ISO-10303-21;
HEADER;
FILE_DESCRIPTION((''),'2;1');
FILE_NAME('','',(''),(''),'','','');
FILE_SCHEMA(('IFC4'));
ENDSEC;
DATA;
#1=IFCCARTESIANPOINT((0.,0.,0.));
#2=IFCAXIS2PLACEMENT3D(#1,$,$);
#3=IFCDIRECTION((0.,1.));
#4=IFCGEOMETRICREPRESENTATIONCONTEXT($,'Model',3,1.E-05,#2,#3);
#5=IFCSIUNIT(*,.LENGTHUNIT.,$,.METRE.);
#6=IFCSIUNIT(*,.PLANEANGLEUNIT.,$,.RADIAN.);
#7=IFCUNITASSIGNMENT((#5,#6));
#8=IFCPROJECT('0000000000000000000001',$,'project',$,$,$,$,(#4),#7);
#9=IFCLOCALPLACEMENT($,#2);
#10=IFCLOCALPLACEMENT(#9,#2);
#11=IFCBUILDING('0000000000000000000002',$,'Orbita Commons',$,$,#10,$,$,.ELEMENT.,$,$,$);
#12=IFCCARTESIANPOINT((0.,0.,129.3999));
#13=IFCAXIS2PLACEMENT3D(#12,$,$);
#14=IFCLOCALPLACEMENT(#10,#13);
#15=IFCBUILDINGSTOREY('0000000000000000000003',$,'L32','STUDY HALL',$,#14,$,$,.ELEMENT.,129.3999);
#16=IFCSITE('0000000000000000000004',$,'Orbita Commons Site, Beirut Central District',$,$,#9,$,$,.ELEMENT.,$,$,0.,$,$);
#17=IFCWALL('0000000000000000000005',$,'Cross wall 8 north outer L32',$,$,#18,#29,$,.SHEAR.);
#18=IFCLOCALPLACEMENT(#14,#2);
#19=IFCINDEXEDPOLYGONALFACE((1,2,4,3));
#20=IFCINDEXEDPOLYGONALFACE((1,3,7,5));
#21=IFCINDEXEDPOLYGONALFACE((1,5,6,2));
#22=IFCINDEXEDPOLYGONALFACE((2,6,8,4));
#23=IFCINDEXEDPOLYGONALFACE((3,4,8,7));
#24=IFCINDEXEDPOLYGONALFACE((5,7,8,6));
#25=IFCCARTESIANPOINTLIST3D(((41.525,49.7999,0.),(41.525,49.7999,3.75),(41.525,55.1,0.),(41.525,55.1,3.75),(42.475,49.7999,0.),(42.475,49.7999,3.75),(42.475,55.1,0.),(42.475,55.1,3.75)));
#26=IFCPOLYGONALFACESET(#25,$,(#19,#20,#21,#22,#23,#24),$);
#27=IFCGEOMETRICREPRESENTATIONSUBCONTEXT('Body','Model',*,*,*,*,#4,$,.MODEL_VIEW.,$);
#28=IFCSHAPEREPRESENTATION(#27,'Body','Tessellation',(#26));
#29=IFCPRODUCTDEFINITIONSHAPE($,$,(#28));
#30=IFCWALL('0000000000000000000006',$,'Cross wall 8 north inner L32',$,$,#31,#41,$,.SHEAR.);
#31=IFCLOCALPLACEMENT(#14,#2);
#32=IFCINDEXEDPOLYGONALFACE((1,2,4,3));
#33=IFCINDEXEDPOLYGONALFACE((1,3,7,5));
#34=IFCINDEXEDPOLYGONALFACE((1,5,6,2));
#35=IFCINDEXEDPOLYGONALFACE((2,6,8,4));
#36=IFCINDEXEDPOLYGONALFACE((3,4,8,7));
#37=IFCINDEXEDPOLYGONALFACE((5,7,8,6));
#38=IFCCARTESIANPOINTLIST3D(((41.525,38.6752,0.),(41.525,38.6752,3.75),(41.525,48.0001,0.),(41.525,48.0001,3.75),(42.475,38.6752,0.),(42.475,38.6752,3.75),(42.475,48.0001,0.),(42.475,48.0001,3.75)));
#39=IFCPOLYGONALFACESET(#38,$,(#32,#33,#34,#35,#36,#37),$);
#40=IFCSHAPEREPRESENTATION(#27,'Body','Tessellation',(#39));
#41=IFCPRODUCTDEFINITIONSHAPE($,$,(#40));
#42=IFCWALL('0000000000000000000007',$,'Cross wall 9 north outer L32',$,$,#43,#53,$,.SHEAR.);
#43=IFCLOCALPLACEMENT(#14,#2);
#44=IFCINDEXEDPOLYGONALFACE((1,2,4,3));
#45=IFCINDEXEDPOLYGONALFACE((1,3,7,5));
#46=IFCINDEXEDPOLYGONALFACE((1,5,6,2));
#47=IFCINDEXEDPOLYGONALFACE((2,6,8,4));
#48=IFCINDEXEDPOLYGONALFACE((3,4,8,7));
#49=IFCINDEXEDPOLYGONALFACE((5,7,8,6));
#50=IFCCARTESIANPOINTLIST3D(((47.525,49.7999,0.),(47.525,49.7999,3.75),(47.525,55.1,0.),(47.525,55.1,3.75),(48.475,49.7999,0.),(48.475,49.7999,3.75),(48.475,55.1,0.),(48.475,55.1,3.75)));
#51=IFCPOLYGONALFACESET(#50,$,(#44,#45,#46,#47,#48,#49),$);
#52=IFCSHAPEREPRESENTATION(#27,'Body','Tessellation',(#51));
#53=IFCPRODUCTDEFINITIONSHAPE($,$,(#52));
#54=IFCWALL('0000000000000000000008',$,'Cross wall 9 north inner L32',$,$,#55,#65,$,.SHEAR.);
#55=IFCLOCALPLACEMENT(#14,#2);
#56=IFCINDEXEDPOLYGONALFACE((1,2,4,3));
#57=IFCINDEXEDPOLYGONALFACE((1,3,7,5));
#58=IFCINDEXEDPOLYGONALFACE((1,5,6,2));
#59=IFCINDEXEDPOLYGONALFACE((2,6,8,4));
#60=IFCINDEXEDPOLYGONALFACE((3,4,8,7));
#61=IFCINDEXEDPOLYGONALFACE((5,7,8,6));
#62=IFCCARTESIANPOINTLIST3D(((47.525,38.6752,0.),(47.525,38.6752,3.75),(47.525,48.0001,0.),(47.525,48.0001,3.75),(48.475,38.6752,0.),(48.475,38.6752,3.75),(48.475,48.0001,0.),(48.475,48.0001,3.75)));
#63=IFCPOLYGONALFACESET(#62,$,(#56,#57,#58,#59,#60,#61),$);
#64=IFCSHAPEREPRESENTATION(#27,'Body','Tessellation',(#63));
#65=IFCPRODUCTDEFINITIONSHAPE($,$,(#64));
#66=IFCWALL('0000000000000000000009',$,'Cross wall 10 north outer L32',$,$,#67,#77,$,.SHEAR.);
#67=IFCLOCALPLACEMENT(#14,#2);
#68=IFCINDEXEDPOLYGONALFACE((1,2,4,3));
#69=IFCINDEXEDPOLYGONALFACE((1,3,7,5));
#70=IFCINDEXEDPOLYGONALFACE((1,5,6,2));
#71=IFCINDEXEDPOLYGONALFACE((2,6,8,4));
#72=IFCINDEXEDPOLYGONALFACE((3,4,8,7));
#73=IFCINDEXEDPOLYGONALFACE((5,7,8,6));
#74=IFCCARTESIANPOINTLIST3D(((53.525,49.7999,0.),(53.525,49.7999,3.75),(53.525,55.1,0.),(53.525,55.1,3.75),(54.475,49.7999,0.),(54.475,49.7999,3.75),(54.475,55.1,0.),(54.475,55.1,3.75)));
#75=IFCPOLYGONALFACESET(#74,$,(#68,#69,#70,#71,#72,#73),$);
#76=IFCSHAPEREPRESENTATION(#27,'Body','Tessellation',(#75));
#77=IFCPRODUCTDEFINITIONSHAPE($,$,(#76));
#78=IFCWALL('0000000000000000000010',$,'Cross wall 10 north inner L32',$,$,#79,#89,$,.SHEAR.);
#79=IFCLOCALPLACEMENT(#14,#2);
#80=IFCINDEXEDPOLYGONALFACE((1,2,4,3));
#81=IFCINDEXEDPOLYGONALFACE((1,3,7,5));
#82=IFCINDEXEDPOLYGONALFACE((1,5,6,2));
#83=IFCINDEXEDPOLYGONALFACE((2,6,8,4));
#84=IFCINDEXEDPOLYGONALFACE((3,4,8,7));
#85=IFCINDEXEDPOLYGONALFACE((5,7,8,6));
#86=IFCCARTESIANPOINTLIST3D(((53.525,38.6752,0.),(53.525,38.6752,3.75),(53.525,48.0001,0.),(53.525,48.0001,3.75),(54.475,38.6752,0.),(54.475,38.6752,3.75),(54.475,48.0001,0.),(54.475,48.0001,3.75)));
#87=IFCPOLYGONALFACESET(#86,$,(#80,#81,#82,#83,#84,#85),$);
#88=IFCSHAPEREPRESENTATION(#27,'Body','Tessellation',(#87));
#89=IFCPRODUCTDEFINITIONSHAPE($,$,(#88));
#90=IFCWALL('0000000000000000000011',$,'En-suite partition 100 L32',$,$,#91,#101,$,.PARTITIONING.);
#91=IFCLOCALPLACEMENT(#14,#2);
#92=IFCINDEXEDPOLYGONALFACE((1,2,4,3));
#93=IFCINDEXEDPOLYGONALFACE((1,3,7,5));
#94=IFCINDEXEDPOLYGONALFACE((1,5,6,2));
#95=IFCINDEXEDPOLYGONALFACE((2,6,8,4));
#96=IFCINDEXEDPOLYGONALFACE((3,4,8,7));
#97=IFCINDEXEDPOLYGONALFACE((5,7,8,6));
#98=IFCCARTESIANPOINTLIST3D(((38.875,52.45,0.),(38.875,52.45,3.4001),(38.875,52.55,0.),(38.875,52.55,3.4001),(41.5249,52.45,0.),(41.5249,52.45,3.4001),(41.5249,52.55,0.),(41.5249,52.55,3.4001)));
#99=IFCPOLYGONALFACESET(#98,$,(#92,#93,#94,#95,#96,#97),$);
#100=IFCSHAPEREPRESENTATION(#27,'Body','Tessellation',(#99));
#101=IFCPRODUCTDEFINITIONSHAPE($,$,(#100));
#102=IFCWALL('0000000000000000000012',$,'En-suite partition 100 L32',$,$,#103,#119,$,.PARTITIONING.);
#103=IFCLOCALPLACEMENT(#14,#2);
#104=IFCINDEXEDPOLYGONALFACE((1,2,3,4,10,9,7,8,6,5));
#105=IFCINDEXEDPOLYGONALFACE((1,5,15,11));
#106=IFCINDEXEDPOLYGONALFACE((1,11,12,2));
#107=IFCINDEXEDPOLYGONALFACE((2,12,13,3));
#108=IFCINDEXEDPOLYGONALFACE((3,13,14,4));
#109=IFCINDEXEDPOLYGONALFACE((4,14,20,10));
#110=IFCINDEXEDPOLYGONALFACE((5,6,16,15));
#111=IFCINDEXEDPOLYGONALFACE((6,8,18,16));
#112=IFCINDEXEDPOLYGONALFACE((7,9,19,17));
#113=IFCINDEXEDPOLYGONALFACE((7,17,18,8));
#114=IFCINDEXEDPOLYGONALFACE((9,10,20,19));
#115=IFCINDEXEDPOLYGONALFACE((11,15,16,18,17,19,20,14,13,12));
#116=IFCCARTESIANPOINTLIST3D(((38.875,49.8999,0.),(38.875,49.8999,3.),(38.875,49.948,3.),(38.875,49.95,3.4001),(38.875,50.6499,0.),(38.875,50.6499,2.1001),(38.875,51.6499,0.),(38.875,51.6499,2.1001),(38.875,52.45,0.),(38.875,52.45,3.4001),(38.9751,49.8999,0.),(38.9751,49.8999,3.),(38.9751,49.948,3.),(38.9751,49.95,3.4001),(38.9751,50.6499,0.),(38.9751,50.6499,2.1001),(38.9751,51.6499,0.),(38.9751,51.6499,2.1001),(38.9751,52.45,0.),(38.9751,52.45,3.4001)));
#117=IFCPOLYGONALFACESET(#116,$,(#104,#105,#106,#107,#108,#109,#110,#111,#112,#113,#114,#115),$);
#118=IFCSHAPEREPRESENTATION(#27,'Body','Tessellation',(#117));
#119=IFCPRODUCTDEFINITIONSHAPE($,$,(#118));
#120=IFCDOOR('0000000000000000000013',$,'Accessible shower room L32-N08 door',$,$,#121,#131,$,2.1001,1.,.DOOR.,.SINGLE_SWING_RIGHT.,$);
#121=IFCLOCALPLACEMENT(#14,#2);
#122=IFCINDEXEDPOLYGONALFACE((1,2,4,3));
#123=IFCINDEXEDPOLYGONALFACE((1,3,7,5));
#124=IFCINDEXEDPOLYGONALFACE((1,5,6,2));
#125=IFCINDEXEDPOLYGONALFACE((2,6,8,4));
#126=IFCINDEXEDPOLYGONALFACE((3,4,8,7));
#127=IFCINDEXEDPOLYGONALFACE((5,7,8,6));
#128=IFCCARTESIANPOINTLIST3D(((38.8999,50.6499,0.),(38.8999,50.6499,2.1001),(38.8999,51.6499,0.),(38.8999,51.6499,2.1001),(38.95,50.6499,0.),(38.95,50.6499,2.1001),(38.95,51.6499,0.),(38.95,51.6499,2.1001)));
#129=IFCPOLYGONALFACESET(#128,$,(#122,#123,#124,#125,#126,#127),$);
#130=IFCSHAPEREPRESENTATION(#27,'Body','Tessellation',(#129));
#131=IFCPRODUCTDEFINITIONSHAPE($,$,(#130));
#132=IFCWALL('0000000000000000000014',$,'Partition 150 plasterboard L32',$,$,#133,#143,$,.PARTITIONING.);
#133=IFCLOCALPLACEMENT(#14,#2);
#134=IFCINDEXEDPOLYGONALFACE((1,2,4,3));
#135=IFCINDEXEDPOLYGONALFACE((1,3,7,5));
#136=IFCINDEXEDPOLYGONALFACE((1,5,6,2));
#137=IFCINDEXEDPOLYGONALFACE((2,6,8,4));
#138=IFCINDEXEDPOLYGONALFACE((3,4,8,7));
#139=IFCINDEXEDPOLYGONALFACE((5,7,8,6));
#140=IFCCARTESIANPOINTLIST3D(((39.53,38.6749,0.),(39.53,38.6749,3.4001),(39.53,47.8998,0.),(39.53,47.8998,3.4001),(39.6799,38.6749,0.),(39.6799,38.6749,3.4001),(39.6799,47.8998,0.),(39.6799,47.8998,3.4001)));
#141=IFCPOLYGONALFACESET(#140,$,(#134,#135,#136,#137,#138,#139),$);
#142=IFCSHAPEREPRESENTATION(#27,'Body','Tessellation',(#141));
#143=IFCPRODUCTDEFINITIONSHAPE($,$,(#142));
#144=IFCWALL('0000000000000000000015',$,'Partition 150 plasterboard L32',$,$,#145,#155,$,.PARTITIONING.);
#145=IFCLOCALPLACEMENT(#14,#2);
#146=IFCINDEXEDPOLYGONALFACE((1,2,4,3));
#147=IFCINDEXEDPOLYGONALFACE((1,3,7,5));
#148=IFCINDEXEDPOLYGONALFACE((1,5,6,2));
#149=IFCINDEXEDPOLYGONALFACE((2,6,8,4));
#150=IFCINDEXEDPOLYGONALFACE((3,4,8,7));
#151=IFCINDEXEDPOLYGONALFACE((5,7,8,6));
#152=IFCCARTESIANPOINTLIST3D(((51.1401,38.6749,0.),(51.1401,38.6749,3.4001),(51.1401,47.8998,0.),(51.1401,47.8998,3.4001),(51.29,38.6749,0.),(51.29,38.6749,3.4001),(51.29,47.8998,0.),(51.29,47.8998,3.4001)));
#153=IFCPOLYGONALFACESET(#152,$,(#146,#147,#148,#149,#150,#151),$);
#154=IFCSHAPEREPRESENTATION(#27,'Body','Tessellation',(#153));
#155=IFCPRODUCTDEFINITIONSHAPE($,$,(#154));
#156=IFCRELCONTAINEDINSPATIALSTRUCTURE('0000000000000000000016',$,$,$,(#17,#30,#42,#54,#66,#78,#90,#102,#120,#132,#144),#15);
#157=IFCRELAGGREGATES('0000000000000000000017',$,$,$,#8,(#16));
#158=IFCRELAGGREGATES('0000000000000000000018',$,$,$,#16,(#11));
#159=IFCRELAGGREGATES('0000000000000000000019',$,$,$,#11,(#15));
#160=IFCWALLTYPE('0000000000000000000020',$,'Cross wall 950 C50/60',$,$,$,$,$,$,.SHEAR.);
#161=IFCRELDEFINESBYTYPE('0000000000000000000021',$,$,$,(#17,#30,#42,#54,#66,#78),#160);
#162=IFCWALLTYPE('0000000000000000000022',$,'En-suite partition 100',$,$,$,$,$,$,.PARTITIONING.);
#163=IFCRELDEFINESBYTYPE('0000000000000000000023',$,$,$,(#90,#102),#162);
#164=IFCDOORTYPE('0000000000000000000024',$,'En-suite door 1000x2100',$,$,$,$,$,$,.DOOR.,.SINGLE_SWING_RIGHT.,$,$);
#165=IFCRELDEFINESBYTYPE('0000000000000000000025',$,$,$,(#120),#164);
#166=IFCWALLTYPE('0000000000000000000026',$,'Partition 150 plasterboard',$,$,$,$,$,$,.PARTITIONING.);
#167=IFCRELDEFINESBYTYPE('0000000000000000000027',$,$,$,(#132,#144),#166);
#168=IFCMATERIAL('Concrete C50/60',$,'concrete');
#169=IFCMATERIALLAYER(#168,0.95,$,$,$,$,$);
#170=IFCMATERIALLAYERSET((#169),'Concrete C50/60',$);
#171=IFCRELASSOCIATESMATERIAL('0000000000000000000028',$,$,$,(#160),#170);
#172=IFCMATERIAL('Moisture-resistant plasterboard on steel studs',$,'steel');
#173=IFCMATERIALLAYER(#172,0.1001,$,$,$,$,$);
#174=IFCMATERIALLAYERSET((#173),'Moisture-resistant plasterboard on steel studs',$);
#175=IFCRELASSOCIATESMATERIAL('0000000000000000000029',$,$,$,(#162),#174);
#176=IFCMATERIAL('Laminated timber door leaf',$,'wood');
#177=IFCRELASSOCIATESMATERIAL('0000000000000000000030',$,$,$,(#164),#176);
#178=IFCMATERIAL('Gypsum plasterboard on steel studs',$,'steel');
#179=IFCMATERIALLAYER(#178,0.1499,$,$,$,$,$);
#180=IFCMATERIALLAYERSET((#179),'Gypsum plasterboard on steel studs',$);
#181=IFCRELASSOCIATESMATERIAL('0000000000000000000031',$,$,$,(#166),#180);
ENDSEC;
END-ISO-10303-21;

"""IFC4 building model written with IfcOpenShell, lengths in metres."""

from ifc_helpers import new_model, si_unit, direction, frame, frame_2d, origin, place, context, subcontext, project, spatial, polyline, rectangle, outline, extrude, material, layer, layer_set, type_object, element, fill, save


model = new_model("IFC4")

# Units and contexts
model_context = context("Model", 3, precision=1e-05, world=origin(), true_north=direction((0.0, 1.0)))
body_context = subcontext(model_context, "Body", "Model", "MODEL_VIEW")
ifc_project = project(units=[si_unit("LENGTHUNIT", "METRE"), si_unit("PLANEANGLEUNIT", "RADIAN")], contexts=[model_context])

# Site, building, storey
site_placement = place(None, origin())
site = spatial("IfcSite", under=ifc_project, at=site_placement, Name="Orbita Commons Site, Beirut Central District", CompositionType="ELEMENT", RefElevation=0.0)
building_placement = place(site_placement, origin())
building = spatial("IfcBuilding", under=site, at=building_placement, Name="Orbita Commons", CompositionType="ELEMENT")
storey_placement = place(building_placement, frame((0.0, 0.0, 129.3999)))
storey = spatial("IfcBuildingStorey", under=building, at=storey_placement, Name="L32", Description="STUDY HALL", CompositionType="ELEMENT", Elevation=129.3999)

# Walls
ifc_material_1 = material(Name="Concrete C50/60", Category="concrete")
ifc_layer_1 = layer(ifc_material_1, 0.95)
ifc_layer_set_1 = layer_set([ifc_layer_1], Name="Concrete C50/60")
wall_type_1 = type_object("IfcWallType", Name="Cross wall 950 C50/60", PredefinedType="SHEAR", material=ifc_layer_set_1)
wall_1_placement = place(storey_placement, frame((42.0, 49.8, 0.0), z_axis=(0.0, 0.0, 1.0), x_axis=(0.0, 1.0, 0.0)))
element("IfcWall", 1, at=wall_1_placement, inside=storey, type_object=wall_type_1, Name="Cross wall 8 north outer L32", PredefinedType="SHEAR", context=body_context, shape_type="SweptSolid", body=[
    extrude(rectangle(XDim=5.3, YDim=0.95, at=frame_2d((2.6499, 0.0))), origin(), (0.0, 0.0, 1.0), 3.75),
])
wall_2_placement = place(storey_placement, frame((42.0, 38.675, 0.0), z_axis=(0.0, 0.0, 1.0), x_axis=(0.0, 1.0, 0.0)))
element("IfcWall", 2, at=wall_2_placement, inside=storey, type_object=wall_type_1, Name="Cross wall 8 north inner L32", PredefinedType="SHEAR", context=body_context, shape_type="SweptSolid", body=[
    extrude(rectangle(XDim=9.325, YDim=0.95, at=frame_2d((4.6626, 0.0))), origin(), (0.0, 0.0, 1.0), 3.75),
])
wall_3_placement = place(storey_placement, frame((48.0, 49.8, 0.0), z_axis=(0.0, 0.0, 1.0), x_axis=(0.0, 1.0, 0.0)))
element("IfcWall", 3, at=wall_3_placement, inside=storey, type_object=wall_type_1, Name="Cross wall 9 north outer L32", PredefinedType="SHEAR", context=body_context, shape_type="SweptSolid", body=[
    extrude(rectangle(XDim=5.3, YDim=0.95, at=frame_2d((2.6499, 0.0))), origin(), (0.0, 0.0, 1.0), 3.75),
])
wall_4_placement = place(storey_placement, frame((48.0, 38.675, 0.0), z_axis=(0.0, 0.0, 1.0), x_axis=(0.0, 1.0, 0.0)))
element("IfcWall", 4, at=wall_4_placement, inside=storey, type_object=wall_type_1, Name="Cross wall 9 north inner L32", PredefinedType="SHEAR", context=body_context, shape_type="SweptSolid", body=[
    extrude(rectangle(XDim=9.325, YDim=0.95, at=frame_2d((4.6626, 0.0))), origin(), (0.0, 0.0, 1.0), 3.75),
])
wall_5_placement = place(storey_placement, frame((54.0, 49.8, 0.0), z_axis=(0.0, 0.0, 1.0), x_axis=(0.0, 1.0, 0.0)))
element("IfcWall", 5, at=wall_5_placement, inside=storey, type_object=wall_type_1, Name="Cross wall 10 north outer L32", PredefinedType="SHEAR", context=body_context, shape_type="SweptSolid", body=[
    extrude(rectangle(XDim=5.3, YDim=0.95, at=frame_2d((2.6499, 0.0))), origin(), (0.0, 0.0, 1.0), 3.75),
])
wall_6_placement = place(storey_placement, frame((54.0, 38.675, 0.0), z_axis=(0.0, 0.0, 1.0), x_axis=(0.0, 1.0, 0.0)))
element("IfcWall", 6, at=wall_6_placement, inside=storey, type_object=wall_type_1, Name="Cross wall 10 north inner L32", PredefinedType="SHEAR", context=body_context, shape_type="SweptSolid", body=[
    extrude(rectangle(XDim=9.325, YDim=0.95, at=frame_2d((4.6626, 0.0))), origin(), (0.0, 0.0, 1.0), 3.75),
])
ifc_material_2 = material(Name="Moisture-resistant plasterboard on steel studs", Category="steel")
ifc_layer_2 = layer(ifc_material_2, 0.1001)
ifc_layer_set_2 = layer_set([ifc_layer_2], Name="Moisture-resistant plasterboard on steel studs")
wall_type_2 = type_object("IfcWallType", Name="En-suite partition 100", PredefinedType="PARTITIONING", material=ifc_layer_set_2)
wall_7_placement = place(storey_placement, frame((38.875, 52.5, 0.0), z_axis=(0.0, 0.0, 1.0), x_axis=(1.0, 0.0, 0.0)))
element("IfcWall", 7, at=wall_7_placement, inside=storey, type_object=wall_type_2, Name="En-suite partition 100 L32", PredefinedType="PARTITIONING", context=body_context, shape_type="SweptSolid", body=[
    extrude(rectangle(XDim=2.6499, YDim=0.1001, at=frame_2d((1.325, 0.0))), origin(), (0.0, 0.0, 1.0), 3.4001),
])

# Wall, opening, door
wall_8_placement = place(storey_placement, frame((38.925, 52.45, 0.0), z_axis=(0.0, 0.0, 1.0), x_axis=(0.0, -1.0, 0.0)))
wall_8 = element("IfcWall", 8, at=wall_8_placement, inside=storey, type_object=wall_type_2, Name="En-suite partition 100 L32", PredefinedType="PARTITIONING", context=body_context, shape_type="SweptSolid", body=[
    extrude(outline(polyline([(0.0, 0.0), (2.55, 0.0), (2.55, 3.0), (2.502, 3.0), (2.5, 3.4001), (0.0, 3.4001), (0.0, 0.0)])), frame((0.0, 0.05, 0.0), z_axis=(0.0, -1.0, 0.0), x_axis=(1.0, 0.0, 0.0)), (0.0, 0.0, 1.0), 0.1001),
])
opening_1_placement = place(wall_8_placement, frame((0.8, 0.0, 0.0)))
opening_1 = element("IfcOpeningElement", 9, at=opening_1_placement, cuts=wall_8, PredefinedType="OPENING", context=body_context, shape_type="SweptSolid", body=[
    extrude(rectangle(XDim=1.0, YDim=2.1001, at=frame_2d((0.5, 1.05))), frame((0.0, 0.0601, 0.0), z_axis=(0.0, -1.0, 0.0), x_axis=(1.0, 0.0, 0.0)), (0.0, 0.0, 1.0), 0.1201),
])
ifc_material_3 = material(Name="Laminated timber door leaf", Category="wood")
door_type_1 = type_object("IfcDoorType", Name="En-suite door 1000x2100", OperationType="SINGLE_SWING_RIGHT", PredefinedType="DOOR", material=ifc_material_3)
door_1_placement = place(opening_1_placement, origin())
door_1 = element("IfcDoor", 10, at=door_1_placement, inside=storey, type_object=door_type_1, Name="Accessible shower room L32-N08 door", OperationType="SINGLE_SWING_RIGHT", OverallHeight=2.1001, OverallWidth=1.0, PredefinedType="DOOR", context=body_context, shape_type="SweptSolid", body=[
    extrude(rectangle(XDim=1.0, YDim=2.1001, at=frame_2d((0.5, 1.05))), frame((0.0, 0.0249, 0.0), z_axis=(0.0, -1.0, 0.0), x_axis=(1.0, 0.0, 0.0)), (0.0, 0.0, 1.0), 0.05),
])
fill(opening_1, door_1)

# Walls
ifc_material_4 = material(Name="Gypsum plasterboard on steel studs", Category="steel")
ifc_layer_3 = layer(ifc_material_4, 0.1499)
ifc_layer_set_3 = layer_set([ifc_layer_3], Name="Gypsum plasterboard on steel studs")
wall_type_3 = type_object("IfcWallType", Name="Partition 150 plasterboard", PredefinedType="PARTITIONING", material=ifc_layer_set_3)
for number, where, z_axis, x_axis, name in (
    (11, (39.605, 38.675, 0.0), (0.0, 0.0, 1.0), (0.0, 1.0, 0.0), "Partition 150 plasterboard L32"),
    (12, (51.2151, 38.675, 0.0), (0.0, 0.0, 1.0), (0.0, 1.0, 0.0), "Partition 150 plasterboard L32"),
):
    element("IfcWall", number, at=place(storey_placement, frame(where, z_axis=z_axis, x_axis=x_axis)), inside=storey, type_object=wall_type_3, Name=name, PredefinedType="PARTITIONING", context=body_context, shape_type="SweptSolid", body=[
        extrude(rectangle(XDim=9.2249, YDim=0.1499, at=frame_2d((4.6123, 0.0))), origin(), (0.0, 0.0, 1.0), 3.4001),
    ])

save(model, "model.ifc")
